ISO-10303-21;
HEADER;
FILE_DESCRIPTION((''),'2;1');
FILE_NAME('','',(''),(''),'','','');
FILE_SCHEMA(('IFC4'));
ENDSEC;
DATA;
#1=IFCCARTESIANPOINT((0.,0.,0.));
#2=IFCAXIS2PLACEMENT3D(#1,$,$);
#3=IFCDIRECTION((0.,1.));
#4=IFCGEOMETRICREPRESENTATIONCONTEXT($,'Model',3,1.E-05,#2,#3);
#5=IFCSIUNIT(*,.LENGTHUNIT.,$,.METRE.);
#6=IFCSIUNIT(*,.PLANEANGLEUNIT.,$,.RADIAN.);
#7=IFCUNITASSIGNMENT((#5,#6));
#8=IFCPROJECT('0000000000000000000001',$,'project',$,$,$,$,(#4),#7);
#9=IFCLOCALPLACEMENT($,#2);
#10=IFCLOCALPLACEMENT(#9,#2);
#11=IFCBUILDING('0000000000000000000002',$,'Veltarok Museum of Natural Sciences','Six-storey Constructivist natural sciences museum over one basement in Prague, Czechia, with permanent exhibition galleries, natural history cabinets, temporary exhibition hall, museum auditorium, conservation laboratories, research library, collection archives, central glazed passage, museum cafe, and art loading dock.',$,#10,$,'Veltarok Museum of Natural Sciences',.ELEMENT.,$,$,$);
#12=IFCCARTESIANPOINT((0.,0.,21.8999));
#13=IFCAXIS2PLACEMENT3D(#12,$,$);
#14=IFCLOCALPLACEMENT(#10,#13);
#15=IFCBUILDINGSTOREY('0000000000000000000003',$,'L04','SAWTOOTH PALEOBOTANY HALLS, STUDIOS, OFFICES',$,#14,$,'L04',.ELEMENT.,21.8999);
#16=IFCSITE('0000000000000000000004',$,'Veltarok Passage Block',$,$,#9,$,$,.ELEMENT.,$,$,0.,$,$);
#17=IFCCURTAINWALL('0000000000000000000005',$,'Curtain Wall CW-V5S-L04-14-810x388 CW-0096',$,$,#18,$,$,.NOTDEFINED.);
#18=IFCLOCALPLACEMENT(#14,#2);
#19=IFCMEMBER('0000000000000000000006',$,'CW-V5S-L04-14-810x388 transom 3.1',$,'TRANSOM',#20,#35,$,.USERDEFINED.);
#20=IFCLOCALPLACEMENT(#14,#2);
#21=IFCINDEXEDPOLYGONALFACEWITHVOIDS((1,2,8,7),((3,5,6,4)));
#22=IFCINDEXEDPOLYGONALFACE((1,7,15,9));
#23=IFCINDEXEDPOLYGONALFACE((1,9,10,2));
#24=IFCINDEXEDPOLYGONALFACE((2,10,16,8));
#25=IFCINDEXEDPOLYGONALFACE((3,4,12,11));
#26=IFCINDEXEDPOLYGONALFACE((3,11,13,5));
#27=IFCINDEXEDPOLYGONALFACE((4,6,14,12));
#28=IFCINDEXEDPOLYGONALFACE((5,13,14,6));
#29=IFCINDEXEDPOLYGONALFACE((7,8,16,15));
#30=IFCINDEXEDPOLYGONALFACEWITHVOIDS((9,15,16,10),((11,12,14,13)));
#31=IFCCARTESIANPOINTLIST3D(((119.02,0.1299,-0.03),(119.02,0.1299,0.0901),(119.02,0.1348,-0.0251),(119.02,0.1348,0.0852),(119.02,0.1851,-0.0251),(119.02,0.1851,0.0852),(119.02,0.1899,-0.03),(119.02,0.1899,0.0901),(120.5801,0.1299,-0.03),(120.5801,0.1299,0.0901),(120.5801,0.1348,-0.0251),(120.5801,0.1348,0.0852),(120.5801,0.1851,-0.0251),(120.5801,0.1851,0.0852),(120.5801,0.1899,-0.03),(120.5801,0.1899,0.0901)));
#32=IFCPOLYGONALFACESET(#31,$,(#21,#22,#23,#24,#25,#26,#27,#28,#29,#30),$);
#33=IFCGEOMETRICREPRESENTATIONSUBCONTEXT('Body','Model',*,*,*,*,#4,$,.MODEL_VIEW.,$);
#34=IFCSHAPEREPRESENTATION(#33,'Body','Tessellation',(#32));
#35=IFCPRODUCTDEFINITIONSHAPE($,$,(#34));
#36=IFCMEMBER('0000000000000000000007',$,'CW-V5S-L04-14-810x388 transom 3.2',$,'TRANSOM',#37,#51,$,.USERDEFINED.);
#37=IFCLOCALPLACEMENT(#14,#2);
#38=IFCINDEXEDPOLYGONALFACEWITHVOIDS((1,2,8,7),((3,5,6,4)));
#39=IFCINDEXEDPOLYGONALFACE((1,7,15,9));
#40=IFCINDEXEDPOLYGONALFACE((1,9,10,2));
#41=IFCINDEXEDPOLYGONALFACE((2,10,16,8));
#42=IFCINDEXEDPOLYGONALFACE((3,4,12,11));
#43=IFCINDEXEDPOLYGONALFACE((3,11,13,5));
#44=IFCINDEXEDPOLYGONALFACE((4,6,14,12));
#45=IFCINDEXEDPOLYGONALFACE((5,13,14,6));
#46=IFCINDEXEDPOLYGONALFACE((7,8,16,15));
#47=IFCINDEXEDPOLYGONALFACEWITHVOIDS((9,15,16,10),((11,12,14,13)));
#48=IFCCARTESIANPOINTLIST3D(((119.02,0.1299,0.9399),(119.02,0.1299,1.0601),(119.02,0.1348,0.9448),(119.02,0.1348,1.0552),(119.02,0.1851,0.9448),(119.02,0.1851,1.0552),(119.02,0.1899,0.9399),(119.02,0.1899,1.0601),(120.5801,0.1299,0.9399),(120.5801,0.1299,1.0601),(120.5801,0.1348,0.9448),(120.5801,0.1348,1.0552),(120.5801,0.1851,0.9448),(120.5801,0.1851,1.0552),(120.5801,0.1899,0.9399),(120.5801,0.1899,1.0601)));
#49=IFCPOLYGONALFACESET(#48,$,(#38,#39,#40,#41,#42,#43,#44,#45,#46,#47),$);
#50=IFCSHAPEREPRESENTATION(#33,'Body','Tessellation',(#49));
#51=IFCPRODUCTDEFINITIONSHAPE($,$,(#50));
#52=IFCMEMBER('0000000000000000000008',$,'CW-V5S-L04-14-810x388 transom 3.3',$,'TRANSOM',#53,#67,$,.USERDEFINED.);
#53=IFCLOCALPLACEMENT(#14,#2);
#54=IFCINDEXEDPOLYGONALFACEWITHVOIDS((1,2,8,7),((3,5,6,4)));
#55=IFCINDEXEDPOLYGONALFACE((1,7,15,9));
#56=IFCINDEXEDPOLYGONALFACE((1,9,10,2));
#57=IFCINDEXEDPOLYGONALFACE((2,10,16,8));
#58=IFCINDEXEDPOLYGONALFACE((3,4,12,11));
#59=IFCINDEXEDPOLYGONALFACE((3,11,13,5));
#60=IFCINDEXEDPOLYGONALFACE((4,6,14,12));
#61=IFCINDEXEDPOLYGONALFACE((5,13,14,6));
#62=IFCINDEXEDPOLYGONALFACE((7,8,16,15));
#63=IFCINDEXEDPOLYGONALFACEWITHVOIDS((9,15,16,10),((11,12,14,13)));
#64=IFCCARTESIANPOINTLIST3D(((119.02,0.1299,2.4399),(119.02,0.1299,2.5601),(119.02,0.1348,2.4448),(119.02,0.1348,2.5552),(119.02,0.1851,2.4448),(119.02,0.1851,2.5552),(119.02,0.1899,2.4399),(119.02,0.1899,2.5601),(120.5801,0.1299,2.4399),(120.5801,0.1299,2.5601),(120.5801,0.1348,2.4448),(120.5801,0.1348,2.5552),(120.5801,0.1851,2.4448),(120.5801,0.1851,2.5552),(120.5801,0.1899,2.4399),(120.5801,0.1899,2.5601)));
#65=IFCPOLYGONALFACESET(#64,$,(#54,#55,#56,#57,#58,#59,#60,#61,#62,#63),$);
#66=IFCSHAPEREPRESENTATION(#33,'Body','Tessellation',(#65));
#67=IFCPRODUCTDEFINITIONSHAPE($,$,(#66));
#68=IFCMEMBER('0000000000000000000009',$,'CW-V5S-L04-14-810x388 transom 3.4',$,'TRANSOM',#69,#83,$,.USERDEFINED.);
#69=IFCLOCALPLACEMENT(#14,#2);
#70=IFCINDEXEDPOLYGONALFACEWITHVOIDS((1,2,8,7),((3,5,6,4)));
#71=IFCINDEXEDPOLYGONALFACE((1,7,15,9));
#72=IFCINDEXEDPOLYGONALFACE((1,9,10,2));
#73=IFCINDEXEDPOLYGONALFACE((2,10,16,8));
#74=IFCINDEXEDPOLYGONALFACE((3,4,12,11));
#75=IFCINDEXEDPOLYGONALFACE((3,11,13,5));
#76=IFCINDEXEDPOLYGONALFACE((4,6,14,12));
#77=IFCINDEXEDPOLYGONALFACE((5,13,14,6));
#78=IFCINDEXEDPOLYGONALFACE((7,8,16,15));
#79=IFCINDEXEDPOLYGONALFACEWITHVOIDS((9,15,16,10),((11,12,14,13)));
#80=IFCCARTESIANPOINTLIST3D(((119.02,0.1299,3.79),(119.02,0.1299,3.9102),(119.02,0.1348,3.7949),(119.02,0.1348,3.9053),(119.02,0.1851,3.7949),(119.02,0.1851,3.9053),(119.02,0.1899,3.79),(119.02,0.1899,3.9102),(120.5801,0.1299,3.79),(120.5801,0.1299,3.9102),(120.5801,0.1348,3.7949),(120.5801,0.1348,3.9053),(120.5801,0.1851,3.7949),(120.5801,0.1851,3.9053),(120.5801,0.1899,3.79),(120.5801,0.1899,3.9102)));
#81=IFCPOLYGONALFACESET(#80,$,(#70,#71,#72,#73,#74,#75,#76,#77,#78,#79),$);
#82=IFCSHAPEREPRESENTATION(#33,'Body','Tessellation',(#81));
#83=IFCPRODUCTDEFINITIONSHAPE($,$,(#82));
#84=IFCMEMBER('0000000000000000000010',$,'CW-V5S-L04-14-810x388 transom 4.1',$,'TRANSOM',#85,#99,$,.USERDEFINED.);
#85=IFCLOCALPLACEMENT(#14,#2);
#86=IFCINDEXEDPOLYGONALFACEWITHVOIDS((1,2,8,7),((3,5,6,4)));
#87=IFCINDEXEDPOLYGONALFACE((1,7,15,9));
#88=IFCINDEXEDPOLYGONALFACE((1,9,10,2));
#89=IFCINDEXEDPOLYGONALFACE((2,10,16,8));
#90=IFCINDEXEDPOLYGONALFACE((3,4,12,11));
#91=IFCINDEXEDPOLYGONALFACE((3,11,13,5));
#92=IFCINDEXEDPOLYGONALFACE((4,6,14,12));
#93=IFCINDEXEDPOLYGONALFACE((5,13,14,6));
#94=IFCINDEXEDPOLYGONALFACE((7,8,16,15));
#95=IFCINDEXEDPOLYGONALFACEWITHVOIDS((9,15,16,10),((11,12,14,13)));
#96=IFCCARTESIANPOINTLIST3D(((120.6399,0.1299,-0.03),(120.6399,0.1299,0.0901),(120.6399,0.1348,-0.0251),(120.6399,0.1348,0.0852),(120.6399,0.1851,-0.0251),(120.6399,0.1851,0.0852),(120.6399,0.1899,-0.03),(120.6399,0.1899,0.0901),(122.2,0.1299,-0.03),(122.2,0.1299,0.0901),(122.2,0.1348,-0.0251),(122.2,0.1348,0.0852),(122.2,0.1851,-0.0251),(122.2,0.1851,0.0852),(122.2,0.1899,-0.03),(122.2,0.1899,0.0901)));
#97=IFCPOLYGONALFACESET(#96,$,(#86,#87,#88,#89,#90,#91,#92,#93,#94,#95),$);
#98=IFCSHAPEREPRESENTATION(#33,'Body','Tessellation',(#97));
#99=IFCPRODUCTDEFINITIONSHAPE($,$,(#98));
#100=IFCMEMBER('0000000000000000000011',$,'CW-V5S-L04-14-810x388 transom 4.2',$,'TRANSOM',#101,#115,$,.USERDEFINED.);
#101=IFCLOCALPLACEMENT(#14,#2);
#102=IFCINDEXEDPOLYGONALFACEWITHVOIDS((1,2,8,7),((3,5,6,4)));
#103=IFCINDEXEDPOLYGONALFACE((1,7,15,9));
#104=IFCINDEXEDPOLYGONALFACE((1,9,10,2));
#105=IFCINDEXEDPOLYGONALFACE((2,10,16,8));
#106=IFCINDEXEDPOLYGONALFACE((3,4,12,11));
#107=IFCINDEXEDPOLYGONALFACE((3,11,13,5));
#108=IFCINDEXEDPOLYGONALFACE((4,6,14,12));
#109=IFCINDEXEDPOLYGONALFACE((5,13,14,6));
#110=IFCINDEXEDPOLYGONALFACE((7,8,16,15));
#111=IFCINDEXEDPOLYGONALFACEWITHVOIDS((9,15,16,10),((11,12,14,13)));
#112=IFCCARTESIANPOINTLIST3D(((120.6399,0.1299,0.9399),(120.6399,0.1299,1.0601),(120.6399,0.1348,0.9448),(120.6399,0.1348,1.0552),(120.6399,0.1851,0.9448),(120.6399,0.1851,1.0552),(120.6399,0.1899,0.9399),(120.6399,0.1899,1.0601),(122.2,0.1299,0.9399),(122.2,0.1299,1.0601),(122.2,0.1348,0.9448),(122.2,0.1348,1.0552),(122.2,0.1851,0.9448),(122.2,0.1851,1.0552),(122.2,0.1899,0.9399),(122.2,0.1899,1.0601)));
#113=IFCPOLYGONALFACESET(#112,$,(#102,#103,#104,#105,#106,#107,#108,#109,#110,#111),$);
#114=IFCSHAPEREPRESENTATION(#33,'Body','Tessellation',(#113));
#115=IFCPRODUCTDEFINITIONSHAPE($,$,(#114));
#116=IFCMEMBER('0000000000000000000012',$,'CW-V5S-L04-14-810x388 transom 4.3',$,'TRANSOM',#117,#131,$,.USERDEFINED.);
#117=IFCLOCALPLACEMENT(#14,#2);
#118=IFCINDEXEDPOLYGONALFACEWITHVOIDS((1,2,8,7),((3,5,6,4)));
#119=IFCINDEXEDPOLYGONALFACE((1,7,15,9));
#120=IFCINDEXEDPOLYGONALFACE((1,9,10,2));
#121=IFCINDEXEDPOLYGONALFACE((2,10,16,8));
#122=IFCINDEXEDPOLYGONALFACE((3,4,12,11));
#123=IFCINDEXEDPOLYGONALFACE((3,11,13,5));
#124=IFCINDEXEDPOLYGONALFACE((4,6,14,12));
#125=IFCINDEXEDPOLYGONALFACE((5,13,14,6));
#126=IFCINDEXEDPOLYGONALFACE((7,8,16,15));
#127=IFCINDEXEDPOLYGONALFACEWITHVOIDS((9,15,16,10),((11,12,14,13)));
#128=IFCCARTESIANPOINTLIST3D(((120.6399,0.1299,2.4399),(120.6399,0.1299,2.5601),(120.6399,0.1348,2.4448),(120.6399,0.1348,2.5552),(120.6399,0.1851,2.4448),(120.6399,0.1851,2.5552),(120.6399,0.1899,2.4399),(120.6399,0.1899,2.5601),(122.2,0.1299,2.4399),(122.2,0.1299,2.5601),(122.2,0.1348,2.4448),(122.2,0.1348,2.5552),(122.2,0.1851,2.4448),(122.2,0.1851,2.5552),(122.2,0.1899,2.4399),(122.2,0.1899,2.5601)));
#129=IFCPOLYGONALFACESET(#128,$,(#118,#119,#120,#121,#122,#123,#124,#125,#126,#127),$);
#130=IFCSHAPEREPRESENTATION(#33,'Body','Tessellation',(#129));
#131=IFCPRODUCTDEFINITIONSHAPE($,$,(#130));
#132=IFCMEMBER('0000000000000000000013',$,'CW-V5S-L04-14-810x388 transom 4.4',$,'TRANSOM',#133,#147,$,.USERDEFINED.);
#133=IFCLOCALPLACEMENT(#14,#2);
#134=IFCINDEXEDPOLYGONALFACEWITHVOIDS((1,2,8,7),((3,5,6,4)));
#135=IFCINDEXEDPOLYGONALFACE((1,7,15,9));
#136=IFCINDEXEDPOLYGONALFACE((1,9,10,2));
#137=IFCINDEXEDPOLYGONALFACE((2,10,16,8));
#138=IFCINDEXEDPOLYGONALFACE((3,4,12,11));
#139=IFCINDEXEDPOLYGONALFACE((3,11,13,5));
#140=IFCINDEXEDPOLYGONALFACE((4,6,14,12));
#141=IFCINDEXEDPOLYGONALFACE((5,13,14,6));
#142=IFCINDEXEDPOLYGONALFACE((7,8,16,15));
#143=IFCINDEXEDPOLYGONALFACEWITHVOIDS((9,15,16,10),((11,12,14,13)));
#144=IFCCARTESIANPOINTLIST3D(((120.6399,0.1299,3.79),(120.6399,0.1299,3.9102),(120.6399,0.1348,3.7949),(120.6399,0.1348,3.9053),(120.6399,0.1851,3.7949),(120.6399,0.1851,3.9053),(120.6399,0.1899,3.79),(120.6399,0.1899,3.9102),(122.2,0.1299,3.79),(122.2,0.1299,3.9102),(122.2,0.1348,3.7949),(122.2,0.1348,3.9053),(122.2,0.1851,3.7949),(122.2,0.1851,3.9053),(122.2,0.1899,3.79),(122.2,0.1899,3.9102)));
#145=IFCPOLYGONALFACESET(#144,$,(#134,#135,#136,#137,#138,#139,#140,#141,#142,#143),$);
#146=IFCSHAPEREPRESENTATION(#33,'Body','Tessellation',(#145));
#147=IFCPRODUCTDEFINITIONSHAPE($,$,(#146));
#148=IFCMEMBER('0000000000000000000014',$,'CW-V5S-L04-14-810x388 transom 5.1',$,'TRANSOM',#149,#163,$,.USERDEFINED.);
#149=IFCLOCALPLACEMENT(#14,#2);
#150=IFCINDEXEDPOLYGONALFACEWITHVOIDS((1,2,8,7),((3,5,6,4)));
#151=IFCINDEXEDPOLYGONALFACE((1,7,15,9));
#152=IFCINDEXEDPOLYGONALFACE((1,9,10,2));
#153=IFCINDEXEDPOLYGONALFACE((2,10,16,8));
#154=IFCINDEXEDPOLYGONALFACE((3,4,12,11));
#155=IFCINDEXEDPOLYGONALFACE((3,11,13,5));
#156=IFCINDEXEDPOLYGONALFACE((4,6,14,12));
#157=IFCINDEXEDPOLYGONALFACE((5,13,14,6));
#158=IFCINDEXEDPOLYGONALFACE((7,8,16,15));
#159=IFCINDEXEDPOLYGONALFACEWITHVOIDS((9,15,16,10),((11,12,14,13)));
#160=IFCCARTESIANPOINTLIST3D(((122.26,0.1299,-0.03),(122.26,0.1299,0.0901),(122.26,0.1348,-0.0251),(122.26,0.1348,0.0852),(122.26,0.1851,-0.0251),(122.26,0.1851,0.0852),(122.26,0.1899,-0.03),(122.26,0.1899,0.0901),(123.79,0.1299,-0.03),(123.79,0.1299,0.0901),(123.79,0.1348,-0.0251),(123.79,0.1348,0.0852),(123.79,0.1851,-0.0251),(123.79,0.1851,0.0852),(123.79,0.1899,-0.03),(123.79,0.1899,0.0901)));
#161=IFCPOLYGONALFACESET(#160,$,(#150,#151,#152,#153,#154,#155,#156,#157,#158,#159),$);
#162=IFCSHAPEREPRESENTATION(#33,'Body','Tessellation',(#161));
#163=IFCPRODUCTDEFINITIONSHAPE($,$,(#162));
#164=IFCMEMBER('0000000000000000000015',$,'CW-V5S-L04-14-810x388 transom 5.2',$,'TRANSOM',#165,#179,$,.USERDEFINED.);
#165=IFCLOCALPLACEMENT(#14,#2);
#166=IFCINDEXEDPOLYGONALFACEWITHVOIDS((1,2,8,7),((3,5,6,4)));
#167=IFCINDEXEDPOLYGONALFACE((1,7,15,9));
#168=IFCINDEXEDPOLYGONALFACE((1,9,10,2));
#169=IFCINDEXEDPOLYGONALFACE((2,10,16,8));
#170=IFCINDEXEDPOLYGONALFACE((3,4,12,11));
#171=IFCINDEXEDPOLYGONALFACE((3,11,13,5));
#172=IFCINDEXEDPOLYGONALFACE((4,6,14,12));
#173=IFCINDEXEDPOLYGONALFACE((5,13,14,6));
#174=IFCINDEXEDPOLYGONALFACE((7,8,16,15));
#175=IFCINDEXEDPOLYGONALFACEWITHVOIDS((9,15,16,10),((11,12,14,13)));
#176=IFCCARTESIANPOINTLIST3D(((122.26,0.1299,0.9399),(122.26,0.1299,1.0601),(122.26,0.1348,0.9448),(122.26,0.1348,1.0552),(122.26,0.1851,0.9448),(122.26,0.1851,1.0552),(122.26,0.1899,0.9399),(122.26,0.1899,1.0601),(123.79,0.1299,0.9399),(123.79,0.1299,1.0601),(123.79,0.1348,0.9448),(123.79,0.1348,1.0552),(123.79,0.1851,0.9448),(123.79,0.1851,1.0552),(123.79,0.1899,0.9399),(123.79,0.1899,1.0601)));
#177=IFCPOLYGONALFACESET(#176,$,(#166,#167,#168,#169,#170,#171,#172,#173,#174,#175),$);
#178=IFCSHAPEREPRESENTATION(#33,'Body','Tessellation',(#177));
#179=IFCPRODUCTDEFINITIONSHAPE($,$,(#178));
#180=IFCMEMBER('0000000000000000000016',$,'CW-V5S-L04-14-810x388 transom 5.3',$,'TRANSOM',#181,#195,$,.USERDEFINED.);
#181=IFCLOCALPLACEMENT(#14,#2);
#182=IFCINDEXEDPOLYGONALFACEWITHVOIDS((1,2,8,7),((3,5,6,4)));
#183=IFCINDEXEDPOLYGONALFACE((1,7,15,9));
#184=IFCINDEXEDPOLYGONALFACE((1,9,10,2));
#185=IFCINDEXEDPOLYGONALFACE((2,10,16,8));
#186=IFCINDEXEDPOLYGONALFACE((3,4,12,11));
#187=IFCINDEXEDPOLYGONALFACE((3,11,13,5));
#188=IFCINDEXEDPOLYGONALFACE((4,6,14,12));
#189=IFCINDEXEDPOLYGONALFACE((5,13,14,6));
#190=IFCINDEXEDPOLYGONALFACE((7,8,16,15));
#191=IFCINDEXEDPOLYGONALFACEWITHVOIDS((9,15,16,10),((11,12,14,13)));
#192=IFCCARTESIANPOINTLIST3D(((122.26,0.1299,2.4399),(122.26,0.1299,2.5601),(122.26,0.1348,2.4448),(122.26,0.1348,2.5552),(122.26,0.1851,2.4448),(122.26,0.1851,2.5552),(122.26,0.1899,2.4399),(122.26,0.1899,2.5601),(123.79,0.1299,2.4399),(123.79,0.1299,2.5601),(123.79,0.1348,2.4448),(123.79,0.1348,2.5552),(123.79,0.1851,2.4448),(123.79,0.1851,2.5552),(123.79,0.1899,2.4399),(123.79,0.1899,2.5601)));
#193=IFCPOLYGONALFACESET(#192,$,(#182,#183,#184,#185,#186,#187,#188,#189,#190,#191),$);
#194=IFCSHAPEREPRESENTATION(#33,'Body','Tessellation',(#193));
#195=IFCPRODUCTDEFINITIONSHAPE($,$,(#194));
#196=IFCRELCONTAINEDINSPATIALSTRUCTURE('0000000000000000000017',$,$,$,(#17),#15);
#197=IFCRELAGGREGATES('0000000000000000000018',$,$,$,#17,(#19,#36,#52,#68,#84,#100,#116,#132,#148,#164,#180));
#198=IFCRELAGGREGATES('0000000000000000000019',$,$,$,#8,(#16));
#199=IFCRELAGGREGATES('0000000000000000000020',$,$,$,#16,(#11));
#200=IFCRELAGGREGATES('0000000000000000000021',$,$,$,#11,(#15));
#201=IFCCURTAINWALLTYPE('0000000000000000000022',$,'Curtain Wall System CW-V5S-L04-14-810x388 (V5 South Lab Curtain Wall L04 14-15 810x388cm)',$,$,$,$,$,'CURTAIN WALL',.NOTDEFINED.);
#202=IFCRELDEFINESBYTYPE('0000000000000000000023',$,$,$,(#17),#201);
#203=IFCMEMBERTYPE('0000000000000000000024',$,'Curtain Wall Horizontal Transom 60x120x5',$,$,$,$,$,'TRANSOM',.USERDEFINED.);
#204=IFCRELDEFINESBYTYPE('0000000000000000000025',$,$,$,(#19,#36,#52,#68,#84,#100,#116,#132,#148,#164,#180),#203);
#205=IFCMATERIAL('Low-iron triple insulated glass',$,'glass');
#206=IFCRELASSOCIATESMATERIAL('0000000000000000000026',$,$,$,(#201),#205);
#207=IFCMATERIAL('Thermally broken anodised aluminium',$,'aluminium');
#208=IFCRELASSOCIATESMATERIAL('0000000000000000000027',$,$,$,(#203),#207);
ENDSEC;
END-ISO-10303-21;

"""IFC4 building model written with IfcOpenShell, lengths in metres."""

from ifc_helpers import new_model, si_unit, direction, frame, origin, origin_2d, place, context, subcontext, project, spatial, hollow_rectangle, extrude, material, material_profile, profile_set, type_object, element, aggregate, save


model = new_model("IFC4")

# Units and contexts
model_context = context("Model", 3, precision=1e-05, world=origin(), true_north=direction((0.0, 1.0)))
body_context = subcontext(model_context, "Body", "Model", "MODEL_VIEW")
ifc_project = project(units=[si_unit("LENGTHUNIT", "METRE"), si_unit("PLANEANGLEUNIT", "RADIAN")], contexts=[model_context])

# Site, building, storey
site_placement = place(None, origin())
site = spatial("IfcSite", under=ifc_project, at=site_placement, Name="Veltarok Passage Block", CompositionType="ELEMENT", RefElevation=0.0)
building_placement = place(site_placement, origin())
building = spatial("IfcBuilding", under=site, at=building_placement, Name="Veltarok Museum of Natural Sciences", Description="Six-storey Constructivist natural sciences museum over one basement in Prague, Czechia, with permanent exhibition galleries, natural history cabinets, temporary exhibition hall, museum auditorium, conservation laboratories, research library, collection archives, central glazed passage, museum cafe, and art loading dock.", LongName="Veltarok Museum of Natural Sciences", CompositionType="ELEMENT")
storey_placement = place(building_placement, frame((0.0, 0.0, 21.8999)))
storey = spatial("IfcBuildingStorey", under=building, at=storey_placement, Name="L04", Description="SAWTOOTH PALEOBOTANY HALLS, STUDIOS, OFFICES", LongName="L04", CompositionType="ELEMENT", Elevation=21.8999)

# Curtain wall, members
ifc_material_1 = material(Name="Low-iron triple insulated glass", Category="glass")
curtain_wall_type = type_object("IfcCurtainWallType", Name="Curtain Wall System CW-V5S-L04-14-810x388 (V5 South Lab Curtain Wall L04 14-15 810x388cm)", ElementType="CURTAIN WALL", PredefinedType="NOTDEFINED", material=ifc_material_1)
curtain_wall_placement = place(storey_placement, origin())
curtain_wall = element("IfcCurtainWall", 1, at=curtain_wall_placement, inside=storey, type_object=curtain_wall_type, Name="Curtain Wall CW-V5S-L04-14-810x388 CW-0096", PredefinedType="NOTDEFINED")
ifc_material_2 = material(Name="Thermally broken anodised aluminium", Category="aluminium")
ifc_material_profile_1 = material_profile(ifc_material_2, hollow_rectangle(XDim=0.0601, YDim=0.1201, WallThickness=0.0049, at=origin_2d()), Name="CW TRANSOM 60x120x5")
ifc_profile_set_1 = profile_set([ifc_material_profile_1], Name="Thermally broken anodised aluminium")
member_type_1 = type_object("IfcMemberType", Name="Curtain Wall Horizontal Transom 60x120x5", ElementType="TRANSOM", PredefinedType="USERDEFINED", material=ifc_profile_set_1)
member_1_placement = place(storey_placement, frame((119.02, 0.1599, 0.03), z_axis=(1.0, 0.0, 0.0), x_axis=(0.0, 1.0, 0.0)))
member_1 = element("IfcMember", 2, at=member_1_placement, type_object=member_type_1, Name="CW-V5S-L04-14-810x388 transom 3.1", ObjectType="TRANSOM", PredefinedType="USERDEFINED", context=body_context, shape_type="SweptSolid", body=[
    extrude(hollow_rectangle(XDim=0.0601, YDim=0.1201, WallThickness=0.0049, at=origin_2d()), origin(), (0.0, 0.0, 1.0), 1.5601),
])
member_2_placement = place(storey_placement, frame((119.02, 0.1599, 1.0), z_axis=(1.0, 0.0, 0.0), x_axis=(0.0, 1.0, 0.0)))
member_2 = element("IfcMember", 3, at=member_2_placement, type_object=member_type_1, Name="CW-V5S-L04-14-810x388 transom 3.2", ObjectType="TRANSOM", PredefinedType="USERDEFINED", context=body_context, shape_type="SweptSolid", body=[
    extrude(hollow_rectangle(XDim=0.0601, YDim=0.1201, WallThickness=0.0049, at=origin_2d()), origin(), (0.0, 0.0, 1.0), 1.5601),
])
member_3_placement = place(storey_placement, frame((119.02, 0.1599, 2.5), z_axis=(1.0, 0.0, 0.0), x_axis=(0.0, 1.0, 0.0)))
member_3 = element("IfcMember", 4, at=member_3_placement, type_object=member_type_1, Name="CW-V5S-L04-14-810x388 transom 3.3", ObjectType="TRANSOM", PredefinedType="USERDEFINED", context=body_context, shape_type="SweptSolid", body=[
    extrude(hollow_rectangle(XDim=0.0601, YDim=0.1201, WallThickness=0.0049, at=origin_2d()), origin(), (0.0, 0.0, 1.0), 1.5601),
])
member_4_placement = place(storey_placement, frame((119.02, 0.1599, 3.8501), z_axis=(1.0, 0.0, 0.0), x_axis=(0.0, 1.0, 0.0)))
member_4 = element("IfcMember", 5, at=member_4_placement, type_object=member_type_1, Name="CW-V5S-L04-14-810x388 transom 3.4", ObjectType="TRANSOM", PredefinedType="USERDEFINED", context=body_context, shape_type="SweptSolid", body=[
    extrude(hollow_rectangle(XDim=0.0601, YDim=0.1201, WallThickness=0.0049, at=origin_2d()), origin(), (0.0, 0.0, 1.0), 1.5601),
])
member_5_placement = place(storey_placement, frame((120.6399, 0.1599, 0.03), z_axis=(1.0, 0.0, 0.0), x_axis=(0.0, 1.0, 0.0)))
member_5 = element("IfcMember", 6, at=member_5_placement, type_object=member_type_1, Name="CW-V5S-L04-14-810x388 transom 4.1", ObjectType="TRANSOM", PredefinedType="USERDEFINED", context=body_context, shape_type="SweptSolid", body=[
    extrude(hollow_rectangle(XDim=0.0601, YDim=0.1201, WallThickness=0.0049, at=origin_2d()), origin(), (0.0, 0.0, 1.0), 1.5601),
])
member_6_placement = place(storey_placement, frame((120.6399, 0.1599, 1.0), z_axis=(1.0, 0.0, 0.0), x_axis=(0.0, 1.0, 0.0)))
member_6 = element("IfcMember", 7, at=member_6_placement, type_object=member_type_1, Name="CW-V5S-L04-14-810x388 transom 4.2", ObjectType="TRANSOM", PredefinedType="USERDEFINED", context=body_context, shape_type="SweptSolid", body=[
    extrude(hollow_rectangle(XDim=0.0601, YDim=0.1201, WallThickness=0.0049, at=origin_2d()), origin(), (0.0, 0.0, 1.0), 1.5601),
])
member_7_placement = place(storey_placement, frame((120.6399, 0.1599, 2.5), z_axis=(1.0, 0.0, 0.0), x_axis=(0.0, 1.0, 0.0)))
member_7 = element("IfcMember", 8, at=member_7_placement, type_object=member_type_1, Name="CW-V5S-L04-14-810x388 transom 4.3", ObjectType="TRANSOM", PredefinedType="USERDEFINED", context=body_context, shape_type="SweptSolid", body=[
    extrude(hollow_rectangle(XDim=0.0601, YDim=0.1201, WallThickness=0.0049, at=origin_2d()), origin(), (0.0, 0.0, 1.0), 1.5601),
])
member_8_placement = place(storey_placement, frame((120.6399, 0.1599, 3.8501), z_axis=(1.0, 0.0, 0.0), x_axis=(0.0, 1.0, 0.0)))
member_8 = element("IfcMember", 9, at=member_8_placement, type_object=member_type_1, Name="CW-V5S-L04-14-810x388 transom 4.4", ObjectType="TRANSOM", PredefinedType="USERDEFINED", context=body_context, shape_type="SweptSolid", body=[
    extrude(hollow_rectangle(XDim=0.0601, YDim=0.1201, WallThickness=0.0049, at=origin_2d()), origin(), (0.0, 0.0, 1.0), 1.5601),
])
member_9_placement = place(storey_placement, frame((122.26, 0.1599, 0.03), z_axis=(1.0, 0.0, 0.0), x_axis=(0.0, 1.0, 0.0)))
member_9 = element("IfcMember", 10, at=member_9_placement, type_object=member_type_1, Name="CW-V5S-L04-14-810x388 transom 5.1", ObjectType="TRANSOM", PredefinedType="USERDEFINED", context=body_context, shape_type="SweptSolid", body=[
    extrude(hollow_rectangle(XDim=0.0601, YDim=0.1201, WallThickness=0.0049, at=origin_2d()), origin(), (0.0, 0.0, 1.0), 1.53),
])
member_10_placement = place(storey_placement, frame((122.26, 0.1599, 1.0), z_axis=(1.0, 0.0, 0.0), x_axis=(0.0, 1.0, 0.0)))
member_10 = element("IfcMember", 11, at=member_10_placement, type_object=member_type_1, Name="CW-V5S-L04-14-810x388 transom 5.2", ObjectType="TRANSOM", PredefinedType="USERDEFINED", context=body_context, shape_type="SweptSolid", body=[
    extrude(hollow_rectangle(XDim=0.0601, YDim=0.1201, WallThickness=0.0049, at=origin_2d()), origin(), (0.0, 0.0, 1.0), 1.53),
])
member_11_placement = place(storey_placement, frame((122.26, 0.1599, 2.5), z_axis=(1.0, 0.0, 0.0), x_axis=(0.0, 1.0, 0.0)))
member_11 = element("IfcMember", 12, at=member_11_placement, type_object=member_type_1, Name="CW-V5S-L04-14-810x388 transom 5.3", ObjectType="TRANSOM", PredefinedType="USERDEFINED", context=body_context, shape_type="SweptSolid", body=[
    extrude(hollow_rectangle(XDim=0.0601, YDim=0.1201, WallThickness=0.0049, at=origin_2d()), origin(), (0.0, 0.0, 1.0), 1.53),
])

aggregate(curtain_wall, [member_1, member_2, member_3, member_4, member_5, member_6, member_7, member_8, member_9, member_10, member_11])

save(model, "model.ifc")
